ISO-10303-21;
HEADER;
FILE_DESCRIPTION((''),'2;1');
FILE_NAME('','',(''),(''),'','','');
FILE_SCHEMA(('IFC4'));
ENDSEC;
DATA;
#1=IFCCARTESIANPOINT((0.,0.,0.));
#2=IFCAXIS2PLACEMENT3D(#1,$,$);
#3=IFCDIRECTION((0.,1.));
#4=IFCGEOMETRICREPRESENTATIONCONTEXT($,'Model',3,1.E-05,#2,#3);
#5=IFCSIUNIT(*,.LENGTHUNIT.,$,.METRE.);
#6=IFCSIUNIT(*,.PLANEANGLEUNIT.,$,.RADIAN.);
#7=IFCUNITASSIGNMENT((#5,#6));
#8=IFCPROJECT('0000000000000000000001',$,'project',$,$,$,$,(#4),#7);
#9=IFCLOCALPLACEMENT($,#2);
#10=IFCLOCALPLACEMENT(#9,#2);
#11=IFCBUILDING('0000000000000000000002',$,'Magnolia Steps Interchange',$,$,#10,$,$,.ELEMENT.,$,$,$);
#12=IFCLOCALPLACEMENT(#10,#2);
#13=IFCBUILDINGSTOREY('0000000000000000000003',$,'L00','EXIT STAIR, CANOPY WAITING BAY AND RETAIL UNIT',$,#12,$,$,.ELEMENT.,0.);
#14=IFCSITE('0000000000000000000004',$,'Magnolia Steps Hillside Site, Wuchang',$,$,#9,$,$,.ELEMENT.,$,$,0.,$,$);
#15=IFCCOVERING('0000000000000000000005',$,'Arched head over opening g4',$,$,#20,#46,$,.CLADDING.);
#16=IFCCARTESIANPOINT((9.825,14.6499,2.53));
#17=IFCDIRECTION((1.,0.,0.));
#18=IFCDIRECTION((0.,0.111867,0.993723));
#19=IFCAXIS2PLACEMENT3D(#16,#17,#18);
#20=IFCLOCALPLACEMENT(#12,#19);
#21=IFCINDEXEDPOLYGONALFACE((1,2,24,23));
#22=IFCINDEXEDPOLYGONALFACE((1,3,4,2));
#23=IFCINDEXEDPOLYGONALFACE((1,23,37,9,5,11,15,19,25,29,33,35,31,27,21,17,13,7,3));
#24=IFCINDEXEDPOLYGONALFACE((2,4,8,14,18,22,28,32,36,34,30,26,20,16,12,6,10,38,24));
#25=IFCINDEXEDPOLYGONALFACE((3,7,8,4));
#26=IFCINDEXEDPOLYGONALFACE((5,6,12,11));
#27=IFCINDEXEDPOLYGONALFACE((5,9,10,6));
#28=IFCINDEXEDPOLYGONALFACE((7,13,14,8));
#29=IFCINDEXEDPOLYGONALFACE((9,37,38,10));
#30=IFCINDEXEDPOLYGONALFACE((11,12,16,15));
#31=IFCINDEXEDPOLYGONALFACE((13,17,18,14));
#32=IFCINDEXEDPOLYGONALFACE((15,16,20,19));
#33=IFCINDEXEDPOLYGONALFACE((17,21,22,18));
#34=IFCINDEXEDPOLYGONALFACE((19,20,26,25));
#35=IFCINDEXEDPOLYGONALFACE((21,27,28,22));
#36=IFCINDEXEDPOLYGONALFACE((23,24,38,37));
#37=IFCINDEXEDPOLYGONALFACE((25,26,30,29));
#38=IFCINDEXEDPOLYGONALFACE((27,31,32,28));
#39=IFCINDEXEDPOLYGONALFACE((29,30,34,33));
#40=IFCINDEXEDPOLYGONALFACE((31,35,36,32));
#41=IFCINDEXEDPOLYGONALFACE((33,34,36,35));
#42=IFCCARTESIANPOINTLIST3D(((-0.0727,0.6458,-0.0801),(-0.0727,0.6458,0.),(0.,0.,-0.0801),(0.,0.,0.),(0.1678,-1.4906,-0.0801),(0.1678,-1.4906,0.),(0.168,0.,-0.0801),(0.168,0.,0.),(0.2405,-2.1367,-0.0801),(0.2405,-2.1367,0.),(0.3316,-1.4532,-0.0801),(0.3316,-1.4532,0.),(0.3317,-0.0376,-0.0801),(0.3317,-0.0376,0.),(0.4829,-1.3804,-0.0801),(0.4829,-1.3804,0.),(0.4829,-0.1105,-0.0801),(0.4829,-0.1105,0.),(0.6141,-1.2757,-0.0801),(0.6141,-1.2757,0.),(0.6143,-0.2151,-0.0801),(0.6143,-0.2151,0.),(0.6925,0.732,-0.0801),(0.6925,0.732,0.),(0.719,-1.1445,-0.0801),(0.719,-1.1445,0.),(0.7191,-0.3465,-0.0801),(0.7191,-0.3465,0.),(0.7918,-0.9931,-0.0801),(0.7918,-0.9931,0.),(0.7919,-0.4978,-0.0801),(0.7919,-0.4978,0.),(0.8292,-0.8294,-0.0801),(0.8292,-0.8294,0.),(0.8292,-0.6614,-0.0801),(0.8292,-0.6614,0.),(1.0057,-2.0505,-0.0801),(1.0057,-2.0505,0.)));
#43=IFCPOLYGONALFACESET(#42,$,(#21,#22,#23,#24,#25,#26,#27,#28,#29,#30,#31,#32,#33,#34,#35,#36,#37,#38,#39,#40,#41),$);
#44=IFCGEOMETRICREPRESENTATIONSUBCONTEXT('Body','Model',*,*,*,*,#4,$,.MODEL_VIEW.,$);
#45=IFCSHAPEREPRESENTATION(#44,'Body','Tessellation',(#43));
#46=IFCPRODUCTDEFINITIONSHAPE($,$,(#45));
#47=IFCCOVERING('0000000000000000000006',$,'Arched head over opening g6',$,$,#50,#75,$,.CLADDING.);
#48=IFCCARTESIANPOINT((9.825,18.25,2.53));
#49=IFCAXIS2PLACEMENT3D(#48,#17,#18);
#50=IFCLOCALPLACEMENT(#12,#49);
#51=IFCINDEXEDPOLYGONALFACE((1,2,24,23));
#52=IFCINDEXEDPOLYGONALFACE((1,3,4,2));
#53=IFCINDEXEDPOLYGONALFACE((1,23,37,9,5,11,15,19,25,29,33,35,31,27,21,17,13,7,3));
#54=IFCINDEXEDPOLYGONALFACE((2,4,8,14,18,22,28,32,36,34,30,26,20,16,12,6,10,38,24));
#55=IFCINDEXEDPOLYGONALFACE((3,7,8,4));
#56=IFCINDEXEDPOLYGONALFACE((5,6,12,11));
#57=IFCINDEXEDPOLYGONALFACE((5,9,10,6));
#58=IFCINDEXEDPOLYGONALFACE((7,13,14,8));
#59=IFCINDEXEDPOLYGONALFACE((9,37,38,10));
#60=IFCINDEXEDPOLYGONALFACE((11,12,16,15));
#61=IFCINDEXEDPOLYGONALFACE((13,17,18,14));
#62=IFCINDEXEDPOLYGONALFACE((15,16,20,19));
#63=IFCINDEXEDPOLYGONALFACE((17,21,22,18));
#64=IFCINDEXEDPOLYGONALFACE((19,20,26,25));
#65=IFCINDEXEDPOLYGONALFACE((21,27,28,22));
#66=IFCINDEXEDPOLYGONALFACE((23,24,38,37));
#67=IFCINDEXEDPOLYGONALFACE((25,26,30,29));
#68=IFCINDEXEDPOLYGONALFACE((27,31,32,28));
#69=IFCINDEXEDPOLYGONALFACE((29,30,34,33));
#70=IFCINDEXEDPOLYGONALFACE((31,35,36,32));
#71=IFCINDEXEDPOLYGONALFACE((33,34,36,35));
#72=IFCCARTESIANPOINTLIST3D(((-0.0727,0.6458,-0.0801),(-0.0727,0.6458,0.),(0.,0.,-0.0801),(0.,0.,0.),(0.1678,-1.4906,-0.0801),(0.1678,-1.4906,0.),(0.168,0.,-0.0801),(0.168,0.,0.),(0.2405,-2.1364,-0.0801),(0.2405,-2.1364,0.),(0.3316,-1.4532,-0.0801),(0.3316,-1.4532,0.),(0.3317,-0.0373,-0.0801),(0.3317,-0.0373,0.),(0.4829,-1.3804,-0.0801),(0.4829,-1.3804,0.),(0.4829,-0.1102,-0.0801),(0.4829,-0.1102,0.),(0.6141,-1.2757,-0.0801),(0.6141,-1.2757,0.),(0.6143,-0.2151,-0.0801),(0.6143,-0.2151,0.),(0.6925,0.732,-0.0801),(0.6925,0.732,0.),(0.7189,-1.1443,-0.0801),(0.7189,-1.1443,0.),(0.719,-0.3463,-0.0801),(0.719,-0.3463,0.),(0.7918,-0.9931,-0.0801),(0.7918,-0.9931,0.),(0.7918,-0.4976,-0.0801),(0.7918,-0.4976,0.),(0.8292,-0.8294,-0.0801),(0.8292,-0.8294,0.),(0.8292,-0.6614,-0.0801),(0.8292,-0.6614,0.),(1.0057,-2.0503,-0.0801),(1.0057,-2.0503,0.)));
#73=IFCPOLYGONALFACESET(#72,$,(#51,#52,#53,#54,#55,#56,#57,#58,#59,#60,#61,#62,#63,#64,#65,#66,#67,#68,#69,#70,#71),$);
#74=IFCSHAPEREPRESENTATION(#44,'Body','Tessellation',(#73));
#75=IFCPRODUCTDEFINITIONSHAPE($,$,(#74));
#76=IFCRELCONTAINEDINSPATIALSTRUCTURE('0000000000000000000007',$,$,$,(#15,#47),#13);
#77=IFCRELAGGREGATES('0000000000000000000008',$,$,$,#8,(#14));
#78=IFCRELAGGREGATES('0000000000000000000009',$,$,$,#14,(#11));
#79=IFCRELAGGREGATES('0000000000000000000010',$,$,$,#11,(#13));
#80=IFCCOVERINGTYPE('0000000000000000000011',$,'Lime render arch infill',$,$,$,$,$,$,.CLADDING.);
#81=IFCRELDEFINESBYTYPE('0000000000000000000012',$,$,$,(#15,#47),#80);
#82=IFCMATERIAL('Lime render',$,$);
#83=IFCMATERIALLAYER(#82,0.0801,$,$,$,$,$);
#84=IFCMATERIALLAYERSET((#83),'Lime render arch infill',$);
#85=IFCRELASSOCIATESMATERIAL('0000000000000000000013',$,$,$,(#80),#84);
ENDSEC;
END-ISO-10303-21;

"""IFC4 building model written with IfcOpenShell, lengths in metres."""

from ifc_helpers import new_model, si_unit, direction, frame, origin, place, context, subcontext, project, spatial, polyline, outline, extrude, material, layer, layer_set, type_object, element, save


model = new_model("IFC4")

# Units and contexts
model_context = context("Model", 3, precision=1e-05, world=origin(), true_north=direction((0.0, 1.0)))
body_context = subcontext(model_context, "Body", "Model", "MODEL_VIEW")
ifc_project = project(units=[si_unit("LENGTHUNIT", "METRE"), si_unit("PLANEANGLEUNIT", "RADIAN")], contexts=[model_context])

# Site, building, storey
site_placement = place(None, origin())
site = spatial("IfcSite", under=ifc_project, at=site_placement, Name="Magnolia Steps Hillside Site, Wuchang", CompositionType="ELEMENT", RefElevation=0.0)
building_placement = place(site_placement, origin())
building = spatial("IfcBuilding", under=site, at=building_placement, Name="Magnolia Steps Interchange", CompositionType="ELEMENT")
storey_placement = place(building_placement, origin())
storey = spatial("IfcBuildingStorey", under=building, at=storey_placement, Name="L00", Description="EXIT STAIR, CANOPY WAITING BAY AND RETAIL UNIT", CompositionType="ELEMENT", Elevation=0.0)

# Coverings
ifc_material_1 = material(Name="Lime render")
ifc_layer_1 = layer(ifc_material_1, 0.0801)
ifc_layer_set_1 = layer_set([ifc_layer_1], Name="Lime render arch infill")
covering_type_1 = type_object("IfcCoveringType", Name="Lime render arch infill", PredefinedType="CLADDING", material=ifc_layer_set_1)
covering_1_placement = place(storey_placement, frame((9.825, 14.6499, 2.53), z_axis=(1.0, 0.0, 0.0), x_axis=(0.0, 0.111867, 0.993723)))
element("IfcCovering", 1, at=covering_1_placement, inside=storey, type_object=covering_type_1, Name="Arched head over opening g4", PredefinedType="CLADDING", context=body_context, shape_type="SweptSolid", body=[
    extrude(outline(polyline([(0.0, 0.0), (0.168, 0.0), (0.3317, -0.0376), (0.4829, -0.1105), (0.6143, -0.2151), (0.7191, -0.3465), (0.7919, -0.4978), (0.8292, -0.6614), (0.8292, -0.8294), (0.7918, -0.9931), (0.719, -1.1445), (0.6141, -1.2757), (0.4829, -1.3804), (0.3316, -1.4532), (0.1678, -1.4906), (0.2405, -2.1367), (1.0057, -2.0505), (0.6925, 0.732), (-0.0727, 0.6458), (0.0, 0.0)])), origin(), (0.0, 0.0, -1.0), 0.0801),
])
covering_2_placement = place(storey_placement, frame((9.825, 18.25, 2.53), z_axis=(1.0, 0.0, 0.0), x_axis=(0.0, 0.111867, 0.993723)))
element("IfcCovering", 2, at=covering_2_placement, inside=storey, type_object=covering_type_1, Name="Arched head over opening g6", PredefinedType="CLADDING", context=body_context, shape_type="SweptSolid", body=[
    extrude(outline(polyline([(0.0, 0.0), (0.168, 0.0), (0.3317, -0.0373), (0.4829, -0.1102), (0.6143, -0.2151), (0.719, -0.3463), (0.7918, -0.4976), (0.8292, -0.6614), (0.8292, -0.8294), (0.7918, -0.9931), (0.7189, -1.1443), (0.6141, -1.2757), (0.4829, -1.3804), (0.3316, -1.4532), (0.1678, -1.4906), (0.2405, -2.1364), (1.0057, -2.0503), (0.6925, 0.732), (-0.0727, 0.6458), (0.0, 0.0)])), origin(), (0.0, 0.0, -1.0), 0.0801),
])

save(model, "model.ifc")
